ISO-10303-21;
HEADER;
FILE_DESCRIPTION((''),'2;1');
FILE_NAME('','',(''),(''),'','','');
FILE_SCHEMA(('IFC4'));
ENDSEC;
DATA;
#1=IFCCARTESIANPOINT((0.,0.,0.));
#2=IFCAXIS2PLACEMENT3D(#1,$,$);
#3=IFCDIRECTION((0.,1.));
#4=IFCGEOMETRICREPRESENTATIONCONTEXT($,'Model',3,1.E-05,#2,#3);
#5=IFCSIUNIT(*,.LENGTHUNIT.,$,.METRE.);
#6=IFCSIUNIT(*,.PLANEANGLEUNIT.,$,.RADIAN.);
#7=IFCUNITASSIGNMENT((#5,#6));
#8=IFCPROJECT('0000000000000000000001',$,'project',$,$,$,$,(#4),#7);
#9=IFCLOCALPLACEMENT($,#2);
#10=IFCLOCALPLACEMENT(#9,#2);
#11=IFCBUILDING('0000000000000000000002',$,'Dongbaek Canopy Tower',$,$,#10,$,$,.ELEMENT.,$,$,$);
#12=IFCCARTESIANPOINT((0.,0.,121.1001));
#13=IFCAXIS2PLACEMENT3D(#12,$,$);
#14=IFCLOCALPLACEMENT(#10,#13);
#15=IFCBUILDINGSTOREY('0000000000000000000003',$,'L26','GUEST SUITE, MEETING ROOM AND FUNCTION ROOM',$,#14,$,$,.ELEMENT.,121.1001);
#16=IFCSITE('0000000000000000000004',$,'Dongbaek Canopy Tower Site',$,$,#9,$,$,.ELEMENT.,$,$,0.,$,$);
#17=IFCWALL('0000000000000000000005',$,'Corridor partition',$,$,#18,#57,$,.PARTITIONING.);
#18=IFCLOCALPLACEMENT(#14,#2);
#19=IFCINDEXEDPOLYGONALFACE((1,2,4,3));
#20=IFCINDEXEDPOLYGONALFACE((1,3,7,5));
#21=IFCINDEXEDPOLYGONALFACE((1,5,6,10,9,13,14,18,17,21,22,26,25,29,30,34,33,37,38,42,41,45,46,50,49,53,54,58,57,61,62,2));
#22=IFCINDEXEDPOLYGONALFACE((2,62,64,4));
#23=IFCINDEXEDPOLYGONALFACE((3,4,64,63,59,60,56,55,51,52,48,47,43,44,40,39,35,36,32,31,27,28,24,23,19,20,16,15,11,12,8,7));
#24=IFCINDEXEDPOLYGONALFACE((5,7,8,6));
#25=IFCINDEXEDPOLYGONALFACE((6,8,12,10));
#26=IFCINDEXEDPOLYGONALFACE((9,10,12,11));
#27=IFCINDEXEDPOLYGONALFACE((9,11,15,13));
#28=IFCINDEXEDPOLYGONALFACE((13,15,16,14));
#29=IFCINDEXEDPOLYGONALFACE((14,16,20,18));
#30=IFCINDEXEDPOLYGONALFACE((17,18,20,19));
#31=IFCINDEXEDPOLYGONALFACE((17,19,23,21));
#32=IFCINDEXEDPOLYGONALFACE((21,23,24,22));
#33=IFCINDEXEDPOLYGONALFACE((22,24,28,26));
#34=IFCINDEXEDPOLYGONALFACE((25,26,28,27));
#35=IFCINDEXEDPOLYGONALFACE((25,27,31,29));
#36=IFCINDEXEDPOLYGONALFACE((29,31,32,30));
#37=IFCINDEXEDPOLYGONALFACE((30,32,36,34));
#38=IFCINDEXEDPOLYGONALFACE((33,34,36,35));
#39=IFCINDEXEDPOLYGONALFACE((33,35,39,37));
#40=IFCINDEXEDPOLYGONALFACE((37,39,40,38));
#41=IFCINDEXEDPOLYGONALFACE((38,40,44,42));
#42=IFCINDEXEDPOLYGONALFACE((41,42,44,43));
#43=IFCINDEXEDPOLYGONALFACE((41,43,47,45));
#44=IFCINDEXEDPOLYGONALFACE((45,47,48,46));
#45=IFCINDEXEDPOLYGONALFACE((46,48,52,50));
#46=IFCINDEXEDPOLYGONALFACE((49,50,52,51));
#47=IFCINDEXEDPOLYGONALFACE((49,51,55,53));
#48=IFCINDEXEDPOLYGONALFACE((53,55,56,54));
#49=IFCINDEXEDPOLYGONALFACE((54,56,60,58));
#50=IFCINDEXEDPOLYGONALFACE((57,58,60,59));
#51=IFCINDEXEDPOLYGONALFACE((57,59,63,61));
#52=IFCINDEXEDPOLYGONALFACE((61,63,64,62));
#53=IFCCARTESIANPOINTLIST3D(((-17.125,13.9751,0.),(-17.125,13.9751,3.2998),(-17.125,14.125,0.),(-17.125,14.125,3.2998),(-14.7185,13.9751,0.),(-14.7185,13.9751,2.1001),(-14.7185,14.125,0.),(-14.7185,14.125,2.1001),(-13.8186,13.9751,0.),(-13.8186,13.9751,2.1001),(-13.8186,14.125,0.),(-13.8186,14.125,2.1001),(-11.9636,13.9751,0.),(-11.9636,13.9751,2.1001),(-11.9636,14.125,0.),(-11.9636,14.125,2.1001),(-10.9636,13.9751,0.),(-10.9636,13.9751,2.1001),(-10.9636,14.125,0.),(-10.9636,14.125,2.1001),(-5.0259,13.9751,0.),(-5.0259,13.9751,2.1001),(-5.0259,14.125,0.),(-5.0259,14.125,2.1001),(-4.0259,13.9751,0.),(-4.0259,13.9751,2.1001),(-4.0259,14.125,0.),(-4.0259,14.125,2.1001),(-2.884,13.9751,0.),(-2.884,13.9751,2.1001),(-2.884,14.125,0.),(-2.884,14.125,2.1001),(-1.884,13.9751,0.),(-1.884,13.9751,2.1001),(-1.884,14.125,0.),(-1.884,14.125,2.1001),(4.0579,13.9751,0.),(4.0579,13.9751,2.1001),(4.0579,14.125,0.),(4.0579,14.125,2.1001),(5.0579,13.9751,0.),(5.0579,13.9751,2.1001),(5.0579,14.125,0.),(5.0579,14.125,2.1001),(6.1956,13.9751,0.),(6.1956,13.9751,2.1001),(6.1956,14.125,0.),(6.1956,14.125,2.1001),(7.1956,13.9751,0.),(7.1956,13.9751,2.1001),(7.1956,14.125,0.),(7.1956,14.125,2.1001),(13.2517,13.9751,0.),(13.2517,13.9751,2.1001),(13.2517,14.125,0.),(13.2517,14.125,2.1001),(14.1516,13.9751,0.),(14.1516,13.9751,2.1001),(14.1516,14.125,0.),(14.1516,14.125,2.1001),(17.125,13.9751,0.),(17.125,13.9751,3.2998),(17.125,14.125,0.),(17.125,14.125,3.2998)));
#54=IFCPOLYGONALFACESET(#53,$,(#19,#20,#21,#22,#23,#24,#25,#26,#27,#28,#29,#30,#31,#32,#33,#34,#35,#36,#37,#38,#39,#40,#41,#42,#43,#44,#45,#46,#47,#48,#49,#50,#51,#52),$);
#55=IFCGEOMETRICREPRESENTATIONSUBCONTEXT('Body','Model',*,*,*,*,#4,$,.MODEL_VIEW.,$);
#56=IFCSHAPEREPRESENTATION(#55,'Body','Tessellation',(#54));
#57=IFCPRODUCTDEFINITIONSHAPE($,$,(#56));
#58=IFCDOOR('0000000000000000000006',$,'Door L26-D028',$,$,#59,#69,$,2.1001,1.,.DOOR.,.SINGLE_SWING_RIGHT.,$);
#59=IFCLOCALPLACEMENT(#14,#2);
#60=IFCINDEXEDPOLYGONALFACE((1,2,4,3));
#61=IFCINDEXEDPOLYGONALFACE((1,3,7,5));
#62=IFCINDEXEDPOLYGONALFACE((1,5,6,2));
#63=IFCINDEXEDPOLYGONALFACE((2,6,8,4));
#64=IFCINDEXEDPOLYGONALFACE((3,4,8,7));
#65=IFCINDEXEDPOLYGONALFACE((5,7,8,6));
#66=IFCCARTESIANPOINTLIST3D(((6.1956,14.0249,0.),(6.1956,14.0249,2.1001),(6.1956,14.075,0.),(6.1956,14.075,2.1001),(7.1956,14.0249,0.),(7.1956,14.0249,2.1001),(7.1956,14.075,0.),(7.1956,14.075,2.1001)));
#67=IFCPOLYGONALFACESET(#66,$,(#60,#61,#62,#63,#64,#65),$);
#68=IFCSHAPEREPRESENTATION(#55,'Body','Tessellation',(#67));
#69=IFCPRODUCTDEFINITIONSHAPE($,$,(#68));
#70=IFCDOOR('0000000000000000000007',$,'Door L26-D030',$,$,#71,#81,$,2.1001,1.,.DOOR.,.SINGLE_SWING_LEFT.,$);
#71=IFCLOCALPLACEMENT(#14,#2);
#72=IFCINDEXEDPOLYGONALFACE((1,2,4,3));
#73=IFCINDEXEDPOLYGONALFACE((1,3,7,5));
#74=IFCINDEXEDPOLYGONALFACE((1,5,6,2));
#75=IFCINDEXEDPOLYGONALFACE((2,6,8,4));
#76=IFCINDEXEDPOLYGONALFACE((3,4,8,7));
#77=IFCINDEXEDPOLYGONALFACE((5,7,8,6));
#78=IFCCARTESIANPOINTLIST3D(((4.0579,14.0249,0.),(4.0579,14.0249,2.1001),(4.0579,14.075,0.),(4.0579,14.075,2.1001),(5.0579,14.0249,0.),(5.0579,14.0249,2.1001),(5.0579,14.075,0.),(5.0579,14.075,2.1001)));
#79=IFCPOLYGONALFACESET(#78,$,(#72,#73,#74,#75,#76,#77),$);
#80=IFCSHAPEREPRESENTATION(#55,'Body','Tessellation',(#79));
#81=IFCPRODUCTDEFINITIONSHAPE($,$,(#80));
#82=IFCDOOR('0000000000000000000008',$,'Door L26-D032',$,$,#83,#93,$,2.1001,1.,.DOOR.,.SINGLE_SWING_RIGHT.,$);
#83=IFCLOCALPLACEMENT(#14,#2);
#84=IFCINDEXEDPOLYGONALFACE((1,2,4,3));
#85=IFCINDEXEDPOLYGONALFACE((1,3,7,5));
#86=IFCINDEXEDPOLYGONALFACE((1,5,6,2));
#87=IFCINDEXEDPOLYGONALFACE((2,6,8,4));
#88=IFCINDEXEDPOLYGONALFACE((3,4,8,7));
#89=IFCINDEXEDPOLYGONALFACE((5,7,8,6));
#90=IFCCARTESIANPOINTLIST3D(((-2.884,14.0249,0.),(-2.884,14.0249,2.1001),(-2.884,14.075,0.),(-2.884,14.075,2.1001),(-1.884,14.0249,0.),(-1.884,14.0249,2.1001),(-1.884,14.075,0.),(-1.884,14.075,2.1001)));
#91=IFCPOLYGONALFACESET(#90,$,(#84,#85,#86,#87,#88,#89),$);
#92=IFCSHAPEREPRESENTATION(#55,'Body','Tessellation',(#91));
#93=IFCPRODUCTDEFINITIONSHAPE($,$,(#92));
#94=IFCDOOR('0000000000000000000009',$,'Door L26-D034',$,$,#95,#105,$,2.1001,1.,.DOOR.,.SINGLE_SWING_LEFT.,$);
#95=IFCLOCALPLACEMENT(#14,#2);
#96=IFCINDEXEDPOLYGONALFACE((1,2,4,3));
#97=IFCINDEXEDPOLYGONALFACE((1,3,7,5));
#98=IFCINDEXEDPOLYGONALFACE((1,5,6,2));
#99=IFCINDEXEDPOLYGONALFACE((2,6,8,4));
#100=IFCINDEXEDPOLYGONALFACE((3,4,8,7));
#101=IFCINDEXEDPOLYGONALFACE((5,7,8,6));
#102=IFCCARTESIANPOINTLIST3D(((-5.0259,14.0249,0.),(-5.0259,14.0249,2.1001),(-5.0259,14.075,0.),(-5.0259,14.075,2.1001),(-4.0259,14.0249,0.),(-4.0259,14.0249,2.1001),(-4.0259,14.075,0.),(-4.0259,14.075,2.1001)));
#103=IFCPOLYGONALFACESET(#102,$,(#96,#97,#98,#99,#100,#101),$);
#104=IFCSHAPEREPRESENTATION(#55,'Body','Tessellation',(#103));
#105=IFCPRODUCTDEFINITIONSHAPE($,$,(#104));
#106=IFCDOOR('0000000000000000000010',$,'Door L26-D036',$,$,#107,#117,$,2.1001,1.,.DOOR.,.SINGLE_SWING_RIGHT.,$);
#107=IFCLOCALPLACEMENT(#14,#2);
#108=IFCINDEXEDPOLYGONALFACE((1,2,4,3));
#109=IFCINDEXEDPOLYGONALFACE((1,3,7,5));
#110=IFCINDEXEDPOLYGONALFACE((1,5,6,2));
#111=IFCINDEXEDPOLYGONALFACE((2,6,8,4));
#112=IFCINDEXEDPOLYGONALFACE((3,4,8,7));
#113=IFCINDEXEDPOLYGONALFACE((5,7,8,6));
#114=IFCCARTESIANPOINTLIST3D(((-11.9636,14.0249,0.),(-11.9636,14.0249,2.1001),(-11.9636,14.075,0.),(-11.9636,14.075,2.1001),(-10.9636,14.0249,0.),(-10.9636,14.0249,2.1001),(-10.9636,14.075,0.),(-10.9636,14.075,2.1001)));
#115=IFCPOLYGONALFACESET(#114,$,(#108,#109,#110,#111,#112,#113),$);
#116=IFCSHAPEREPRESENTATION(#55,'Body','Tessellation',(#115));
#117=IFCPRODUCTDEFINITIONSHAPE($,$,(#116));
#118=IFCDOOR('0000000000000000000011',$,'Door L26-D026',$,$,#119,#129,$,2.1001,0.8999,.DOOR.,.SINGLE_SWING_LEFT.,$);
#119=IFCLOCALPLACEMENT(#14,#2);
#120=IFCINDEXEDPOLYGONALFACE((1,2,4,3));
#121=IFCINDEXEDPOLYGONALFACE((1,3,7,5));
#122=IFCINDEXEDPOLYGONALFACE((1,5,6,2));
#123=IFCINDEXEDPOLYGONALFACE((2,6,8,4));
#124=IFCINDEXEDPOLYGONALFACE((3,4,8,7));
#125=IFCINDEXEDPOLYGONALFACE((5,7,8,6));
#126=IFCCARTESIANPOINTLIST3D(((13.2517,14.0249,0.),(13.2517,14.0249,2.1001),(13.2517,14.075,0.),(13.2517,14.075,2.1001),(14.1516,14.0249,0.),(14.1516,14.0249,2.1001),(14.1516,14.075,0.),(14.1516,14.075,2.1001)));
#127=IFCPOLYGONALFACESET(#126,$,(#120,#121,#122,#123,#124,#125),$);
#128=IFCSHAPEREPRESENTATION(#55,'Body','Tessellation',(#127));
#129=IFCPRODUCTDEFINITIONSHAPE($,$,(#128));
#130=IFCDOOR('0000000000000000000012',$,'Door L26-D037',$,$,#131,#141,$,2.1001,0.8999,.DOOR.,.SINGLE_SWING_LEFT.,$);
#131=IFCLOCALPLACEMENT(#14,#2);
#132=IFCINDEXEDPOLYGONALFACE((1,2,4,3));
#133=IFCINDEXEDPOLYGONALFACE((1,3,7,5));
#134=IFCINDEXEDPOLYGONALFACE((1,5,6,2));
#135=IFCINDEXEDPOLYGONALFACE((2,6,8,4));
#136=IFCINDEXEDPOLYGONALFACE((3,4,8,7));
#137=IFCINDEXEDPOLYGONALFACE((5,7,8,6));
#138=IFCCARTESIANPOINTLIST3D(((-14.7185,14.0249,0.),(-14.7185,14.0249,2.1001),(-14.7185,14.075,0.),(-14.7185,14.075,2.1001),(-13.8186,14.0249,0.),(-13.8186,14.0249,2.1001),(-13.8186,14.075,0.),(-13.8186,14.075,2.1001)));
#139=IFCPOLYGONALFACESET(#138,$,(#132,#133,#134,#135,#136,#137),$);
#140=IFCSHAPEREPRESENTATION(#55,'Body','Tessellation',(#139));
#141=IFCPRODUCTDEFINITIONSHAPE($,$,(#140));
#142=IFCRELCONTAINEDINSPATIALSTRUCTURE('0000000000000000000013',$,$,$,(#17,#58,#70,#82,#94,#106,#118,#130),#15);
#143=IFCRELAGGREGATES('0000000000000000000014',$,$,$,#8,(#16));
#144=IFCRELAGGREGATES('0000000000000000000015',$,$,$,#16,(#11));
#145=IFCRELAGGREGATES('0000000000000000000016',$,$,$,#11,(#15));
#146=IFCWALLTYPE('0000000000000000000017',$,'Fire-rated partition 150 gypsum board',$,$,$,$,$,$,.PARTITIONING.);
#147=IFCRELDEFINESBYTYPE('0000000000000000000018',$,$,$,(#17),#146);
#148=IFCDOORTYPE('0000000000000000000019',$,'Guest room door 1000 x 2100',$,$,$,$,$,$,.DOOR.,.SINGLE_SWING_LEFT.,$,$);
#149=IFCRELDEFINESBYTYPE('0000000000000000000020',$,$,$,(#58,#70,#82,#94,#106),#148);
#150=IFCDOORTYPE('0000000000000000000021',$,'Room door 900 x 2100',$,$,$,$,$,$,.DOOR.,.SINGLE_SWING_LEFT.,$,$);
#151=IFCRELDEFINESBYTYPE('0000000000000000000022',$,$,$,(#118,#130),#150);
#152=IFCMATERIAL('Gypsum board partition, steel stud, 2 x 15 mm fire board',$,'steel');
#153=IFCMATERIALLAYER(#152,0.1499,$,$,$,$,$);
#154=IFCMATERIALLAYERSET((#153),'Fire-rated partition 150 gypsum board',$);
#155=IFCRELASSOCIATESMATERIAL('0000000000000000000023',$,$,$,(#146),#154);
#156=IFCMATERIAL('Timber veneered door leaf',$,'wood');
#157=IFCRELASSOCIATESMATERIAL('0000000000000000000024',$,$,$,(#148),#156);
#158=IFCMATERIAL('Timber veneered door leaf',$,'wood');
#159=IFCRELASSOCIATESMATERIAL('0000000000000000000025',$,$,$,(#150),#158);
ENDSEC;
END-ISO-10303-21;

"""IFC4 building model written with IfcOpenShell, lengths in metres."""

from ifc_helpers import new_model, si_unit, direction, frame, frame_2d, origin, place, context, subcontext, project, spatial, rectangle, extrude, material, layer, layer_set, type_object, element, fill, save


model = new_model("IFC4")

# Units and contexts
model_context = context("Model", 3, precision=1e-05, world=origin(), true_north=direction((0.0, 1.0)))
body_context = subcontext(model_context, "Body", "Model", "MODEL_VIEW")
ifc_project = project(units=[si_unit("LENGTHUNIT", "METRE"), si_unit("PLANEANGLEUNIT", "RADIAN")], contexts=[model_context])

# Site, building, storey
site_placement = place(None, origin())
site = spatial("IfcSite", under=ifc_project, at=site_placement, Name="Dongbaek Canopy Tower Site", CompositionType="ELEMENT", RefElevation=0.0)
building_placement = place(site_placement, origin())
building = spatial("IfcBuilding", under=site, at=building_placement, Name="Dongbaek Canopy Tower", CompositionType="ELEMENT")
storey_placement = place(building_placement, frame((0.0, 0.0, 121.1001)))
storey = spatial("IfcBuildingStorey", under=building, at=storey_placement, Name="L26", Description="GUEST SUITE, MEETING ROOM AND FUNCTION ROOM", CompositionType="ELEMENT", Elevation=121.1001)

# Shared definitions
ifc_material_1 = material(Name="Gypsum board partition, steel stud, 2 x 15 mm fire board", Category="steel")
ifc_layer_1 = layer(ifc_material_1, 0.1499)
ifc_layer_set_1 = layer_set([ifc_layer_1], Name="Fire-rated partition 150 gypsum board")
wall_type_1 = type_object("IfcWallType", Name="Fire-rated partition 150 gypsum board", PredefinedType="PARTITIONING", material=ifc_layer_set_1)

# Wall, openings, doors
wall_1_placement = place(storey_placement, frame((-17.125, 14.05, 0.0), z_axis=(0.0, 0.0, 1.0), x_axis=(1.0, 0.0, 0.0)))
wall_1 = element("IfcWall", 1, at=wall_1_placement, inside=storey, type_object=wall_type_1, Name="Corridor partition", PredefinedType="PARTITIONING", context=body_context, shape_type="SweptSolid", body=[
    extrude(rectangle(XDim=34.25, YDim=0.1499, at=frame_2d((17.125, 0.0))), origin(), (0.0, 0.0, 1.0), 3.2998),
])
opening_1_placement = place(wall_1_placement, frame((30.3767, 0.0, 0.0)))
opening_1 = element("IfcOpeningElement", 2, at=opening_1_placement, cuts=wall_1, PredefinedType="OPENING", context=body_context, shape_type="SweptSolid", body=[
    extrude(rectangle(XDim=0.8999, YDim=2.1001, at=frame_2d((0.45, 1.05))), frame((0.0, 0.085, 0.0), z_axis=(0.0, -1.0, 0.0), x_axis=(1.0, 0.0, 0.0)), (0.0, 0.0, 1.0), 0.1699),
])
opening_2_placement = place(wall_1_placement, frame((23.3206, 0.0, 0.0)))
opening_2 = element("IfcOpeningElement", 3, at=opening_2_placement, cuts=wall_1, PredefinedType="OPENING", context=body_context, shape_type="SweptSolid", body=[
    extrude(rectangle(XDim=1.0, YDim=2.1001, at=frame_2d((0.5, 1.05))), frame((0.0, 0.085, 0.0), z_axis=(0.0, -1.0, 0.0), x_axis=(1.0, 0.0, 0.0)), (0.0, 0.0, 1.0), 0.1699),
])
opening_3_placement = place(wall_1_placement, frame((21.1829, 0.0, 0.0)))
opening_3 = element("IfcOpeningElement", 4, at=opening_3_placement, cuts=wall_1, PredefinedType="OPENING", context=body_context, shape_type="SweptSolid", body=[
    extrude(rectangle(XDim=1.0, YDim=2.1001, at=frame_2d((0.5, 1.05))), frame((0.0, 0.085, 0.0), z_axis=(0.0, -1.0, 0.0), x_axis=(1.0, 0.0, 0.0)), (0.0, 0.0, 1.0), 0.1699),
])
opening_4_placement = place(wall_1_placement, frame((14.241, 0.0, 0.0)))
opening_4 = element("IfcOpeningElement", 5, at=opening_4_placement, cuts=wall_1, PredefinedType="OPENING", context=body_context, shape_type="SweptSolid", body=[
    extrude(rectangle(XDim=1.0, YDim=2.1001, at=frame_2d((0.5, 1.05))), frame((0.0, 0.085, 0.0), z_axis=(0.0, -1.0, 0.0), x_axis=(1.0, 0.0, 0.0)), (0.0, 0.0, 1.0), 0.1699),
])
opening_5_placement = place(wall_1_placement, frame((12.0991, 0.0, 0.0)))
opening_5 = element("IfcOpeningElement", 6, at=opening_5_placement, cuts=wall_1, PredefinedType="OPENING", context=body_context, shape_type="SweptSolid", body=[
    extrude(rectangle(XDim=1.0, YDim=2.1001, at=frame_2d((0.5, 1.05))), frame((0.0, 0.085, 0.0), z_axis=(0.0, -1.0, 0.0), x_axis=(1.0, 0.0, 0.0)), (0.0, 0.0, 1.0), 0.1699),
])
opening_6_placement = place(wall_1_placement, frame((5.1614, 0.0, 0.0)))
opening_6 = element("IfcOpeningElement", 7, at=opening_6_placement, cuts=wall_1, PredefinedType="OPENING", context=body_context, shape_type="SweptSolid", body=[
    extrude(rectangle(XDim=1.0, YDim=2.1001, at=frame_2d((0.5, 1.05))), frame((0.0, 0.085, 0.0), z_axis=(0.0, -1.0, 0.0), x_axis=(1.0, 0.0, 0.0)), (0.0, 0.0, 1.0), 0.1699),
])
opening_7_placement = place(wall_1_placement, frame((2.4065, 0.0, 0.0)))
opening_7 = element("IfcOpeningElement", 8, at=opening_7_placement, cuts=wall_1, PredefinedType="OPENING", context=body_context, shape_type="SweptSolid", body=[
    extrude(rectangle(XDim=0.8999, YDim=2.1001, at=frame_2d((0.45, 1.05))), frame((0.0, 0.085, 0.0), z_axis=(0.0, -1.0, 0.0), x_axis=(1.0, 0.0, 0.0)), (0.0, 0.0, 1.0), 0.1699),
])
ifc_material_2 = material(Name="Timber veneered door leaf", Category="wood")
door_type_1 = type_object("IfcDoorType", Name="Guest room door 1000 x 2100", OperationType="SINGLE_SWING_LEFT", PredefinedType="DOOR", material=ifc_material_2)
door_1_placement = place(opening_2_placement, origin())
door_1 = element("IfcDoor", 9, at=door_1_placement, inside=storey, type_object=door_type_1, Name="Door L26-D028", OperationType="SINGLE_SWING_RIGHT", OverallHeight=2.1001, OverallWidth=1.0, PredefinedType="DOOR", context=body_context, shape_type="SweptSolid", body=[
    extrude(rectangle(XDim=1.0, YDim=2.1001, at=frame_2d((0.5, 1.05))), frame((0.0, 0.0249, 0.0), z_axis=(0.0, -1.0, 0.0), x_axis=(1.0, 0.0, 0.0)), (0.0, 0.0, 1.0), 0.05),
])
fill(opening_2, door_1)
door_2_placement = place(opening_3_placement, origin())
door_2 = element("IfcDoor", 10, at=door_2_placement, inside=storey, type_object=door_type_1, Name="Door L26-D030", OperationType="SINGLE_SWING_LEFT", OverallHeight=2.1001, OverallWidth=1.0, PredefinedType="DOOR", context=body_context, shape_type="SweptSolid", body=[
    extrude(rectangle(XDim=1.0, YDim=2.1001, at=frame_2d((0.5, 1.05))), frame((0.0, 0.0249, 0.0), z_axis=(0.0, -1.0, 0.0), x_axis=(1.0, 0.0, 0.0)), (0.0, 0.0, 1.0), 0.05),
])
fill(opening_3, door_2)
door_3_placement = place(opening_4_placement, origin())
door_3 = element("IfcDoor", 11, at=door_3_placement, inside=storey, type_object=door_type_1, Name="Door L26-D032", OperationType="SINGLE_SWING_RIGHT", OverallHeight=2.1001, OverallWidth=1.0, PredefinedType="DOOR", context=body_context, shape_type="SweptSolid", body=[
    extrude(rectangle(XDim=1.0, YDim=2.1001, at=frame_2d((0.5, 1.05))), frame((0.0, 0.0249, 0.0), z_axis=(0.0, -1.0, 0.0), x_axis=(1.0, 0.0, 0.0)), (0.0, 0.0, 1.0), 0.05),
])
fill(opening_4, door_3)
door_4_placement = place(opening_5_placement, origin())
door_4 = element("IfcDoor", 12, at=door_4_placement, inside=storey, type_object=door_type_1, Name="Door L26-D034", OperationType="SINGLE_SWING_LEFT", OverallHeight=2.1001, OverallWidth=1.0, PredefinedType="DOOR", context=body_context, shape_type="SweptSolid", body=[
    extrude(rectangle(XDim=1.0, YDim=2.1001, at=frame_2d((0.5, 1.05))), frame((0.0, 0.0249, 0.0), z_axis=(0.0, -1.0, 0.0), x_axis=(1.0, 0.0, 0.0)), (0.0, 0.0, 1.0), 0.05),
])
fill(opening_5, door_4)
door_5_placement = place(opening_6_placement, origin())
door_5 = element("IfcDoor", 13, at=door_5_placement, inside=storey, type_object=door_type_1, Name="Door L26-D036", OperationType="SINGLE_SWING_RIGHT", OverallHeight=2.1001, OverallWidth=1.0, PredefinedType="DOOR", context=body_context, shape_type="SweptSolid", body=[
    extrude(rectangle(XDim=1.0, YDim=2.1001, at=frame_2d((0.5, 1.05))), frame((0.0, 0.0249, 0.0), z_axis=(0.0, -1.0, 0.0), x_axis=(1.0, 0.0, 0.0)), (0.0, 0.0, 1.0), 0.05),
])
fill(opening_6, door_5)
ifc_material_3 = material(Name="Timber veneered door leaf", Category="wood")
door_type_2 = type_object("IfcDoorType", Name="Room door 900 x 2100", OperationType="SINGLE_SWING_LEFT", PredefinedType="DOOR", material=ifc_material_3)
door_6_placement = place(opening_1_placement, origin())
door_6 = element("IfcDoor", 14, at=door_6_placement, inside=storey, type_object=door_type_2, Name="Door L26-D026", OperationType="SINGLE_SWING_LEFT", OverallHeight=2.1001, OverallWidth=0.8999, PredefinedType="DOOR", context=body_context, shape_type="SweptSolid", body=[
    extrude(rectangle(XDim=0.8999, YDim=2.1001, at=frame_2d((0.45, 1.05))), frame((0.0, 0.0249, 0.0), z_axis=(0.0, -1.0, 0.0), x_axis=(1.0, 0.0, 0.0)), (0.0, 0.0, 1.0), 0.05),
])
fill(opening_1, door_6)
door_7_placement = place(opening_7_placement, origin())
door_7 = element("IfcDoor", 15, at=door_7_placement, inside=storey, type_object=door_type_2, Name="Door L26-D037", OperationType="SINGLE_SWING_LEFT", OverallHeight=2.1001, OverallWidth=0.8999, PredefinedType="DOOR", context=body_context, shape_type="SweptSolid", body=[
    extrude(rectangle(XDim=0.8999, YDim=2.1001, at=frame_2d((0.45, 1.05))), frame((0.0, 0.0249, 0.0), z_axis=(0.0, -1.0, 0.0), x_axis=(1.0, 0.0, 0.0)), (0.0, 0.0, 1.0), 0.05),
])
fill(opening_7, door_7)

save(model, "model.ifc")
